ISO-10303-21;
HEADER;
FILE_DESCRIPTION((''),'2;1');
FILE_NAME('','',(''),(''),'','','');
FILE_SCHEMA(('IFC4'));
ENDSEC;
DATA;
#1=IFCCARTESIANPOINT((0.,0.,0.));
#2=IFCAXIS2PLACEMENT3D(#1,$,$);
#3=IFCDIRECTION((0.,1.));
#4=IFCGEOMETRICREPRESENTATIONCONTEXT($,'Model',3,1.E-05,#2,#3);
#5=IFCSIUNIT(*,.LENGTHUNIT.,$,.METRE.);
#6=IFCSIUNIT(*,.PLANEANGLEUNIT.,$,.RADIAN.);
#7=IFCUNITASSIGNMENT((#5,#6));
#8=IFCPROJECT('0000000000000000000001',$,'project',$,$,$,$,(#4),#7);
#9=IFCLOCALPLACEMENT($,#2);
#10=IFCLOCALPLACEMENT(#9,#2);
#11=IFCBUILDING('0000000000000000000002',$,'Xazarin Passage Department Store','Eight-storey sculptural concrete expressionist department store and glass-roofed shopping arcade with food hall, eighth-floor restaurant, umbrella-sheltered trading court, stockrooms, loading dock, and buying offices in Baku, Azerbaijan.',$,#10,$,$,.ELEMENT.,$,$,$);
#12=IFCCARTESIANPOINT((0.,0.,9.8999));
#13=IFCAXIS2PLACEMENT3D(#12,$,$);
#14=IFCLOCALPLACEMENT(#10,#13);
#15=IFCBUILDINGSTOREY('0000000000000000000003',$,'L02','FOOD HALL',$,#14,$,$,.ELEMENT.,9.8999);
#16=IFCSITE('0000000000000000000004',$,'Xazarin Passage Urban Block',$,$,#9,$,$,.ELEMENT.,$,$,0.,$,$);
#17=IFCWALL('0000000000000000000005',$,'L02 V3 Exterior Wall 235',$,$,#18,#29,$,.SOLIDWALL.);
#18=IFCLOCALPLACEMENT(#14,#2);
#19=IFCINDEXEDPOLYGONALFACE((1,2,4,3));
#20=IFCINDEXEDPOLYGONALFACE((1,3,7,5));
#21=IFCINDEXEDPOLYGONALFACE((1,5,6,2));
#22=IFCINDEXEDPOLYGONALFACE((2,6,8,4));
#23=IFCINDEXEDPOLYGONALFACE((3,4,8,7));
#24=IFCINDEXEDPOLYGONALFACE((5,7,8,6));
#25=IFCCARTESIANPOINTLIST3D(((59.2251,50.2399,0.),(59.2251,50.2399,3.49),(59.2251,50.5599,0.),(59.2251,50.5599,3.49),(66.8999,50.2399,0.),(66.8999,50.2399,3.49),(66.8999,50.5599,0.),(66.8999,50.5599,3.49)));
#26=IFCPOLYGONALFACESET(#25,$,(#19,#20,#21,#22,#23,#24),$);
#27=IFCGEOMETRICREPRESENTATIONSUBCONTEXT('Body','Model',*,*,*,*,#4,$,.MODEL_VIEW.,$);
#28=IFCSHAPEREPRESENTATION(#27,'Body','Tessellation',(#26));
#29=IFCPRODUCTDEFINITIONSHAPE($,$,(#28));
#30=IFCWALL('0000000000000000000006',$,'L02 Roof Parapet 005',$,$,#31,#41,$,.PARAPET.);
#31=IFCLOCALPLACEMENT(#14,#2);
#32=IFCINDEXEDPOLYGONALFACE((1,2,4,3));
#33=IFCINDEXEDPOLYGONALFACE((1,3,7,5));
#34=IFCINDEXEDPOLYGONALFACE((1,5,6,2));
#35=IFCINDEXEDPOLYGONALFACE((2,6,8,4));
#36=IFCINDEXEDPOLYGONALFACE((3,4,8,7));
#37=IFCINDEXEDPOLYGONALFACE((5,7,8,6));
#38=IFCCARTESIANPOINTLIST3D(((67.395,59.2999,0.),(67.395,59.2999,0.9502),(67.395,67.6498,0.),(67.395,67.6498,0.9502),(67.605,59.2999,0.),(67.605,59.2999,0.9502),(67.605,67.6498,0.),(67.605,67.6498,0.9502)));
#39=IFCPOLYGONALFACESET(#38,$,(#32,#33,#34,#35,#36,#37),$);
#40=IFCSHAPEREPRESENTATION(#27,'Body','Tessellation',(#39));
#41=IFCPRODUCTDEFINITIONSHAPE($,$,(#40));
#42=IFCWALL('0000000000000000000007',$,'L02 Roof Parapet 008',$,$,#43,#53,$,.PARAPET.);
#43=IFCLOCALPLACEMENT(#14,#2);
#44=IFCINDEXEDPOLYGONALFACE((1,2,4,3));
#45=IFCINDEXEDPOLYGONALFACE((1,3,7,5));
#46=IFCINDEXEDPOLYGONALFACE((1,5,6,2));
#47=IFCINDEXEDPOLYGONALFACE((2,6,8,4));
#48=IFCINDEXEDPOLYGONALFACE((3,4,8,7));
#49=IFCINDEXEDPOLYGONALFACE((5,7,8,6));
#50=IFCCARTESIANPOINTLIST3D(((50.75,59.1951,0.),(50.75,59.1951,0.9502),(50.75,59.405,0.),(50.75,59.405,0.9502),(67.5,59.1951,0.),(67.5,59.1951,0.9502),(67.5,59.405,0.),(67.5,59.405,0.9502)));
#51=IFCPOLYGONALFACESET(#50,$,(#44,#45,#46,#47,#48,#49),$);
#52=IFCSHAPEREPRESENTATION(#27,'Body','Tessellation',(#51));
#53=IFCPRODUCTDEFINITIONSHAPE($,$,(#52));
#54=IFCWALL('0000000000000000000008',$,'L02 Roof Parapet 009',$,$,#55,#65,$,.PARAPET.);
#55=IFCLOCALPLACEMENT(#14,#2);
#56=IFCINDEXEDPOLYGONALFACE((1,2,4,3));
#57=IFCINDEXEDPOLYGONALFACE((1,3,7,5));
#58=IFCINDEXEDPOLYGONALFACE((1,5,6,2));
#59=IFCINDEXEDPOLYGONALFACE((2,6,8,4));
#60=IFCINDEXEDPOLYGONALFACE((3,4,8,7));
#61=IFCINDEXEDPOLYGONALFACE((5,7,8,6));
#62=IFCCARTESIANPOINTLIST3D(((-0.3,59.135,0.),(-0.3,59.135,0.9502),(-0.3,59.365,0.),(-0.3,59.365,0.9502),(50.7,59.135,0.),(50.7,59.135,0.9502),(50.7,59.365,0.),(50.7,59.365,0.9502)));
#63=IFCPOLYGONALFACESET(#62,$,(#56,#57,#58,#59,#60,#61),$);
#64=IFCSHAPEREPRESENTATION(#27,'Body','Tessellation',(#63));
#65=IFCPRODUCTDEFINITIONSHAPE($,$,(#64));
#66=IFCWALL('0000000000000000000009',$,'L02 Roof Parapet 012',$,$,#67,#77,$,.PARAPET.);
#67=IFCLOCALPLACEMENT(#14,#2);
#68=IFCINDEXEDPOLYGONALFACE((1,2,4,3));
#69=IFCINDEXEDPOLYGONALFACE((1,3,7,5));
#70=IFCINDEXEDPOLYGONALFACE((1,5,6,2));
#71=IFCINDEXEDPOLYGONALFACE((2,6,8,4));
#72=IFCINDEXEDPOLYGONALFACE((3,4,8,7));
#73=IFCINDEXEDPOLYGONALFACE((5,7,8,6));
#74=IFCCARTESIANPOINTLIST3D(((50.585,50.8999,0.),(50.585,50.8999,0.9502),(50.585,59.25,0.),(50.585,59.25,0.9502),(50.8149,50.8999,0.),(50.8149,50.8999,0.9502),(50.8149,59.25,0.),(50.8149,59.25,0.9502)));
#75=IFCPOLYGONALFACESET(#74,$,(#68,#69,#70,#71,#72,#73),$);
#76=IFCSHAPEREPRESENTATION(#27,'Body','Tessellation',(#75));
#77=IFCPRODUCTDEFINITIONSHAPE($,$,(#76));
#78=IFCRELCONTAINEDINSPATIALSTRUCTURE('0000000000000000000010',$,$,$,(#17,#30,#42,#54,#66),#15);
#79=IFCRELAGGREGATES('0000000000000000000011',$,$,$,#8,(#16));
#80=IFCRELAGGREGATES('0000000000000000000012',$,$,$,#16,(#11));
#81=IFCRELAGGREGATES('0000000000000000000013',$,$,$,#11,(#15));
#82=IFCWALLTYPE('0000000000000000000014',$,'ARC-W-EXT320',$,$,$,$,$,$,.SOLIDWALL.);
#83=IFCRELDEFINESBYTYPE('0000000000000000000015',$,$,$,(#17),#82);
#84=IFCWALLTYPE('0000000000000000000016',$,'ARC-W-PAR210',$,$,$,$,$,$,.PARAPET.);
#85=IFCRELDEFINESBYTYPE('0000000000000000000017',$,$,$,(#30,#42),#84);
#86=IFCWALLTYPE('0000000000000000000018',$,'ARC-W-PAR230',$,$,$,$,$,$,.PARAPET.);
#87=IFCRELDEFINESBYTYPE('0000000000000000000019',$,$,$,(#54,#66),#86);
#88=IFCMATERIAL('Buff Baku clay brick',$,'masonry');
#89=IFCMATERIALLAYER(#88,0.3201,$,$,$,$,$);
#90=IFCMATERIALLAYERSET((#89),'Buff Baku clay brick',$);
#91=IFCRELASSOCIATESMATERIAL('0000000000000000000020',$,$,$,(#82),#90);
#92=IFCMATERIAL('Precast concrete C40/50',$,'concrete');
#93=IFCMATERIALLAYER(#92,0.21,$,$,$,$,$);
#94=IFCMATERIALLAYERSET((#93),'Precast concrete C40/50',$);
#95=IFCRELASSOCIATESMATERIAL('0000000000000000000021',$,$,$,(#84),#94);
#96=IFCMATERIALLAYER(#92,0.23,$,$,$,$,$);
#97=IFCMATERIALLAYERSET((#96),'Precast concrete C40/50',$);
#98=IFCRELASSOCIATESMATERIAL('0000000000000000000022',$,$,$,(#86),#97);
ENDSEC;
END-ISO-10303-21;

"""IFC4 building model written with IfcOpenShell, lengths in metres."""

from ifc_helpers import new_model, si_unit, direction, frame, frame_2d, origin, place, context, subcontext, project, spatial, rectangle, extrude, material, layer, layer_set, type_object, element, save


model = new_model("IFC4")

# Units and contexts
model_context = context("Model", 3, precision=1e-05, world=origin(), true_north=direction((0.0, 1.0)))
body_context = subcontext(model_context, "Body", "Model", "MODEL_VIEW")
ifc_project = project(units=[si_unit("LENGTHUNIT", "METRE"), si_unit("PLANEANGLEUNIT", "RADIAN")], contexts=[model_context])

# Site, building, storey
site_placement = place(None, origin())
site = spatial("IfcSite", under=ifc_project, at=site_placement, Name="Xazarin Passage Urban Block", CompositionType="ELEMENT", RefElevation=0.0)
building_placement = place(site_placement, origin())
building = spatial("IfcBuilding", under=site, at=building_placement, Name="Xazarin Passage Department Store", Description="Eight-storey sculptural concrete expressionist department store and glass-roofed shopping arcade with food hall, eighth-floor restaurant, umbrella-sheltered trading court, stockrooms, loading dock, and buying offices in Baku, Azerbaijan.", CompositionType="ELEMENT")
storey_placement = place(building_placement, frame((0.0, 0.0, 9.8999)))
storey = spatial("IfcBuildingStorey", under=building, at=storey_placement, Name="L02", Description="FOOD HALL", CompositionType="ELEMENT", Elevation=9.8999)

# Walls
ifc_material_1 = material(Name="Buff Baku clay brick", Category="masonry")
ifc_layer_1 = layer(ifc_material_1, 0.3201)
ifc_layer_set_1 = layer_set([ifc_layer_1], Name="Buff Baku clay brick")
wall_type_1 = type_object("IfcWallType", Name="ARC-W-EXT320", PredefinedType="SOLIDWALL", material=ifc_layer_set_1)
wall_1_placement = place(storey_placement, frame((59.2251, 50.3999, 0.0), z_axis=(0.0, 0.0, 1.0), x_axis=(1.0, 0.0, 0.0)))
element("IfcWall", 1, at=wall_1_placement, inside=storey, type_object=wall_type_1, Name="L02 V3 Exterior Wall 235", PredefinedType="SOLIDWALL", context=body_context, shape_type="SweptSolid", body=[
    extrude(rectangle(XDim=7.6748, YDim=0.3201, at=frame_2d((3.8374, 0.0))), origin(), (0.0, 0.0, 1.0), 3.49),
])
ifc_material_2 = material(Name="Precast concrete C40/50", Category="concrete")
ifc_layer_2 = layer(ifc_material_2, 0.21)
ifc_layer_set_2 = layer_set([ifc_layer_2], Name="Precast concrete C40/50")
wall_type_2 = type_object("IfcWallType", Name="ARC-W-PAR210", PredefinedType="PARAPET", material=ifc_layer_set_2)
wall_2_placement = place(storey_placement, frame((67.5, 59.3, 0.0), z_axis=(0.0, 0.0, 1.0), x_axis=(0.0, 1.0, 0.0)))
element("IfcWall", 2, at=wall_2_placement, inside=storey, type_object=wall_type_2, Name="L02 Roof Parapet 005", PredefinedType="PARAPET", context=body_context, shape_type="SweptSolid", body=[
    extrude(rectangle(XDim=8.3499, YDim=0.21, at=frame_2d((4.1748, 0.0))), origin(), (0.0, 0.0, 1.0), 0.9502),
])
wall_3_placement = place(storey_placement, frame((50.75, 59.3, 0.0), z_axis=(0.0, 0.0, 1.0), x_axis=(1.0, 0.0, 0.0)))
element("IfcWall", 3, at=wall_3_placement, inside=storey, type_object=wall_type_2, Name="L02 Roof Parapet 008", PredefinedType="PARAPET", context=body_context, shape_type="SweptSolid", body=[
    extrude(rectangle(XDim=16.75, YDim=0.21, at=frame_2d((8.375, 0.0))), origin(), (0.0, 0.0, 1.0), 0.9502),
])
ifc_layer_3 = layer(ifc_material_2, 0.23)
ifc_layer_set_3 = layer_set([ifc_layer_3], Name="Precast concrete C40/50")
wall_type_3 = type_object("IfcWallType", Name="ARC-W-PAR230", PredefinedType="PARAPET", material=ifc_layer_set_3)
wall_4_placement = place(storey_placement, frame((50.7, 59.25, 0.0), z_axis=(0.0, 0.0, 1.0), x_axis=(-1.0, 0.0, 0.0)))
element("IfcWall", 4, at=wall_4_placement, inside=storey, type_object=wall_type_3, Name="L02 Roof Parapet 009", PredefinedType="PARAPET", context=body_context, shape_type="SweptSolid", body=[
    extrude(rectangle(XDim=51.0, YDim=0.23, at=frame_2d((25.5, 0.0))), origin(), (0.0, 0.0, 1.0), 0.9502),
])
wall_5_placement = place(storey_placement, frame((50.7, 50.8999, 0.0), z_axis=(0.0, 0.0, 1.0), x_axis=(0.0, 1.0, 0.0)))
element("IfcWall", 5, at=wall_5_placement, inside=storey, type_object=wall_type_3, Name="L02 Roof Parapet 012", PredefinedType="PARAPET", context=body_context, shape_type="SweptSolid", body=[
    extrude(rectangle(XDim=8.3501, YDim=0.23, at=frame_2d((4.175, 0.0))), origin(), (0.0, 0.0, 1.0), 0.9502),
])

save(model, "model.ifc")
